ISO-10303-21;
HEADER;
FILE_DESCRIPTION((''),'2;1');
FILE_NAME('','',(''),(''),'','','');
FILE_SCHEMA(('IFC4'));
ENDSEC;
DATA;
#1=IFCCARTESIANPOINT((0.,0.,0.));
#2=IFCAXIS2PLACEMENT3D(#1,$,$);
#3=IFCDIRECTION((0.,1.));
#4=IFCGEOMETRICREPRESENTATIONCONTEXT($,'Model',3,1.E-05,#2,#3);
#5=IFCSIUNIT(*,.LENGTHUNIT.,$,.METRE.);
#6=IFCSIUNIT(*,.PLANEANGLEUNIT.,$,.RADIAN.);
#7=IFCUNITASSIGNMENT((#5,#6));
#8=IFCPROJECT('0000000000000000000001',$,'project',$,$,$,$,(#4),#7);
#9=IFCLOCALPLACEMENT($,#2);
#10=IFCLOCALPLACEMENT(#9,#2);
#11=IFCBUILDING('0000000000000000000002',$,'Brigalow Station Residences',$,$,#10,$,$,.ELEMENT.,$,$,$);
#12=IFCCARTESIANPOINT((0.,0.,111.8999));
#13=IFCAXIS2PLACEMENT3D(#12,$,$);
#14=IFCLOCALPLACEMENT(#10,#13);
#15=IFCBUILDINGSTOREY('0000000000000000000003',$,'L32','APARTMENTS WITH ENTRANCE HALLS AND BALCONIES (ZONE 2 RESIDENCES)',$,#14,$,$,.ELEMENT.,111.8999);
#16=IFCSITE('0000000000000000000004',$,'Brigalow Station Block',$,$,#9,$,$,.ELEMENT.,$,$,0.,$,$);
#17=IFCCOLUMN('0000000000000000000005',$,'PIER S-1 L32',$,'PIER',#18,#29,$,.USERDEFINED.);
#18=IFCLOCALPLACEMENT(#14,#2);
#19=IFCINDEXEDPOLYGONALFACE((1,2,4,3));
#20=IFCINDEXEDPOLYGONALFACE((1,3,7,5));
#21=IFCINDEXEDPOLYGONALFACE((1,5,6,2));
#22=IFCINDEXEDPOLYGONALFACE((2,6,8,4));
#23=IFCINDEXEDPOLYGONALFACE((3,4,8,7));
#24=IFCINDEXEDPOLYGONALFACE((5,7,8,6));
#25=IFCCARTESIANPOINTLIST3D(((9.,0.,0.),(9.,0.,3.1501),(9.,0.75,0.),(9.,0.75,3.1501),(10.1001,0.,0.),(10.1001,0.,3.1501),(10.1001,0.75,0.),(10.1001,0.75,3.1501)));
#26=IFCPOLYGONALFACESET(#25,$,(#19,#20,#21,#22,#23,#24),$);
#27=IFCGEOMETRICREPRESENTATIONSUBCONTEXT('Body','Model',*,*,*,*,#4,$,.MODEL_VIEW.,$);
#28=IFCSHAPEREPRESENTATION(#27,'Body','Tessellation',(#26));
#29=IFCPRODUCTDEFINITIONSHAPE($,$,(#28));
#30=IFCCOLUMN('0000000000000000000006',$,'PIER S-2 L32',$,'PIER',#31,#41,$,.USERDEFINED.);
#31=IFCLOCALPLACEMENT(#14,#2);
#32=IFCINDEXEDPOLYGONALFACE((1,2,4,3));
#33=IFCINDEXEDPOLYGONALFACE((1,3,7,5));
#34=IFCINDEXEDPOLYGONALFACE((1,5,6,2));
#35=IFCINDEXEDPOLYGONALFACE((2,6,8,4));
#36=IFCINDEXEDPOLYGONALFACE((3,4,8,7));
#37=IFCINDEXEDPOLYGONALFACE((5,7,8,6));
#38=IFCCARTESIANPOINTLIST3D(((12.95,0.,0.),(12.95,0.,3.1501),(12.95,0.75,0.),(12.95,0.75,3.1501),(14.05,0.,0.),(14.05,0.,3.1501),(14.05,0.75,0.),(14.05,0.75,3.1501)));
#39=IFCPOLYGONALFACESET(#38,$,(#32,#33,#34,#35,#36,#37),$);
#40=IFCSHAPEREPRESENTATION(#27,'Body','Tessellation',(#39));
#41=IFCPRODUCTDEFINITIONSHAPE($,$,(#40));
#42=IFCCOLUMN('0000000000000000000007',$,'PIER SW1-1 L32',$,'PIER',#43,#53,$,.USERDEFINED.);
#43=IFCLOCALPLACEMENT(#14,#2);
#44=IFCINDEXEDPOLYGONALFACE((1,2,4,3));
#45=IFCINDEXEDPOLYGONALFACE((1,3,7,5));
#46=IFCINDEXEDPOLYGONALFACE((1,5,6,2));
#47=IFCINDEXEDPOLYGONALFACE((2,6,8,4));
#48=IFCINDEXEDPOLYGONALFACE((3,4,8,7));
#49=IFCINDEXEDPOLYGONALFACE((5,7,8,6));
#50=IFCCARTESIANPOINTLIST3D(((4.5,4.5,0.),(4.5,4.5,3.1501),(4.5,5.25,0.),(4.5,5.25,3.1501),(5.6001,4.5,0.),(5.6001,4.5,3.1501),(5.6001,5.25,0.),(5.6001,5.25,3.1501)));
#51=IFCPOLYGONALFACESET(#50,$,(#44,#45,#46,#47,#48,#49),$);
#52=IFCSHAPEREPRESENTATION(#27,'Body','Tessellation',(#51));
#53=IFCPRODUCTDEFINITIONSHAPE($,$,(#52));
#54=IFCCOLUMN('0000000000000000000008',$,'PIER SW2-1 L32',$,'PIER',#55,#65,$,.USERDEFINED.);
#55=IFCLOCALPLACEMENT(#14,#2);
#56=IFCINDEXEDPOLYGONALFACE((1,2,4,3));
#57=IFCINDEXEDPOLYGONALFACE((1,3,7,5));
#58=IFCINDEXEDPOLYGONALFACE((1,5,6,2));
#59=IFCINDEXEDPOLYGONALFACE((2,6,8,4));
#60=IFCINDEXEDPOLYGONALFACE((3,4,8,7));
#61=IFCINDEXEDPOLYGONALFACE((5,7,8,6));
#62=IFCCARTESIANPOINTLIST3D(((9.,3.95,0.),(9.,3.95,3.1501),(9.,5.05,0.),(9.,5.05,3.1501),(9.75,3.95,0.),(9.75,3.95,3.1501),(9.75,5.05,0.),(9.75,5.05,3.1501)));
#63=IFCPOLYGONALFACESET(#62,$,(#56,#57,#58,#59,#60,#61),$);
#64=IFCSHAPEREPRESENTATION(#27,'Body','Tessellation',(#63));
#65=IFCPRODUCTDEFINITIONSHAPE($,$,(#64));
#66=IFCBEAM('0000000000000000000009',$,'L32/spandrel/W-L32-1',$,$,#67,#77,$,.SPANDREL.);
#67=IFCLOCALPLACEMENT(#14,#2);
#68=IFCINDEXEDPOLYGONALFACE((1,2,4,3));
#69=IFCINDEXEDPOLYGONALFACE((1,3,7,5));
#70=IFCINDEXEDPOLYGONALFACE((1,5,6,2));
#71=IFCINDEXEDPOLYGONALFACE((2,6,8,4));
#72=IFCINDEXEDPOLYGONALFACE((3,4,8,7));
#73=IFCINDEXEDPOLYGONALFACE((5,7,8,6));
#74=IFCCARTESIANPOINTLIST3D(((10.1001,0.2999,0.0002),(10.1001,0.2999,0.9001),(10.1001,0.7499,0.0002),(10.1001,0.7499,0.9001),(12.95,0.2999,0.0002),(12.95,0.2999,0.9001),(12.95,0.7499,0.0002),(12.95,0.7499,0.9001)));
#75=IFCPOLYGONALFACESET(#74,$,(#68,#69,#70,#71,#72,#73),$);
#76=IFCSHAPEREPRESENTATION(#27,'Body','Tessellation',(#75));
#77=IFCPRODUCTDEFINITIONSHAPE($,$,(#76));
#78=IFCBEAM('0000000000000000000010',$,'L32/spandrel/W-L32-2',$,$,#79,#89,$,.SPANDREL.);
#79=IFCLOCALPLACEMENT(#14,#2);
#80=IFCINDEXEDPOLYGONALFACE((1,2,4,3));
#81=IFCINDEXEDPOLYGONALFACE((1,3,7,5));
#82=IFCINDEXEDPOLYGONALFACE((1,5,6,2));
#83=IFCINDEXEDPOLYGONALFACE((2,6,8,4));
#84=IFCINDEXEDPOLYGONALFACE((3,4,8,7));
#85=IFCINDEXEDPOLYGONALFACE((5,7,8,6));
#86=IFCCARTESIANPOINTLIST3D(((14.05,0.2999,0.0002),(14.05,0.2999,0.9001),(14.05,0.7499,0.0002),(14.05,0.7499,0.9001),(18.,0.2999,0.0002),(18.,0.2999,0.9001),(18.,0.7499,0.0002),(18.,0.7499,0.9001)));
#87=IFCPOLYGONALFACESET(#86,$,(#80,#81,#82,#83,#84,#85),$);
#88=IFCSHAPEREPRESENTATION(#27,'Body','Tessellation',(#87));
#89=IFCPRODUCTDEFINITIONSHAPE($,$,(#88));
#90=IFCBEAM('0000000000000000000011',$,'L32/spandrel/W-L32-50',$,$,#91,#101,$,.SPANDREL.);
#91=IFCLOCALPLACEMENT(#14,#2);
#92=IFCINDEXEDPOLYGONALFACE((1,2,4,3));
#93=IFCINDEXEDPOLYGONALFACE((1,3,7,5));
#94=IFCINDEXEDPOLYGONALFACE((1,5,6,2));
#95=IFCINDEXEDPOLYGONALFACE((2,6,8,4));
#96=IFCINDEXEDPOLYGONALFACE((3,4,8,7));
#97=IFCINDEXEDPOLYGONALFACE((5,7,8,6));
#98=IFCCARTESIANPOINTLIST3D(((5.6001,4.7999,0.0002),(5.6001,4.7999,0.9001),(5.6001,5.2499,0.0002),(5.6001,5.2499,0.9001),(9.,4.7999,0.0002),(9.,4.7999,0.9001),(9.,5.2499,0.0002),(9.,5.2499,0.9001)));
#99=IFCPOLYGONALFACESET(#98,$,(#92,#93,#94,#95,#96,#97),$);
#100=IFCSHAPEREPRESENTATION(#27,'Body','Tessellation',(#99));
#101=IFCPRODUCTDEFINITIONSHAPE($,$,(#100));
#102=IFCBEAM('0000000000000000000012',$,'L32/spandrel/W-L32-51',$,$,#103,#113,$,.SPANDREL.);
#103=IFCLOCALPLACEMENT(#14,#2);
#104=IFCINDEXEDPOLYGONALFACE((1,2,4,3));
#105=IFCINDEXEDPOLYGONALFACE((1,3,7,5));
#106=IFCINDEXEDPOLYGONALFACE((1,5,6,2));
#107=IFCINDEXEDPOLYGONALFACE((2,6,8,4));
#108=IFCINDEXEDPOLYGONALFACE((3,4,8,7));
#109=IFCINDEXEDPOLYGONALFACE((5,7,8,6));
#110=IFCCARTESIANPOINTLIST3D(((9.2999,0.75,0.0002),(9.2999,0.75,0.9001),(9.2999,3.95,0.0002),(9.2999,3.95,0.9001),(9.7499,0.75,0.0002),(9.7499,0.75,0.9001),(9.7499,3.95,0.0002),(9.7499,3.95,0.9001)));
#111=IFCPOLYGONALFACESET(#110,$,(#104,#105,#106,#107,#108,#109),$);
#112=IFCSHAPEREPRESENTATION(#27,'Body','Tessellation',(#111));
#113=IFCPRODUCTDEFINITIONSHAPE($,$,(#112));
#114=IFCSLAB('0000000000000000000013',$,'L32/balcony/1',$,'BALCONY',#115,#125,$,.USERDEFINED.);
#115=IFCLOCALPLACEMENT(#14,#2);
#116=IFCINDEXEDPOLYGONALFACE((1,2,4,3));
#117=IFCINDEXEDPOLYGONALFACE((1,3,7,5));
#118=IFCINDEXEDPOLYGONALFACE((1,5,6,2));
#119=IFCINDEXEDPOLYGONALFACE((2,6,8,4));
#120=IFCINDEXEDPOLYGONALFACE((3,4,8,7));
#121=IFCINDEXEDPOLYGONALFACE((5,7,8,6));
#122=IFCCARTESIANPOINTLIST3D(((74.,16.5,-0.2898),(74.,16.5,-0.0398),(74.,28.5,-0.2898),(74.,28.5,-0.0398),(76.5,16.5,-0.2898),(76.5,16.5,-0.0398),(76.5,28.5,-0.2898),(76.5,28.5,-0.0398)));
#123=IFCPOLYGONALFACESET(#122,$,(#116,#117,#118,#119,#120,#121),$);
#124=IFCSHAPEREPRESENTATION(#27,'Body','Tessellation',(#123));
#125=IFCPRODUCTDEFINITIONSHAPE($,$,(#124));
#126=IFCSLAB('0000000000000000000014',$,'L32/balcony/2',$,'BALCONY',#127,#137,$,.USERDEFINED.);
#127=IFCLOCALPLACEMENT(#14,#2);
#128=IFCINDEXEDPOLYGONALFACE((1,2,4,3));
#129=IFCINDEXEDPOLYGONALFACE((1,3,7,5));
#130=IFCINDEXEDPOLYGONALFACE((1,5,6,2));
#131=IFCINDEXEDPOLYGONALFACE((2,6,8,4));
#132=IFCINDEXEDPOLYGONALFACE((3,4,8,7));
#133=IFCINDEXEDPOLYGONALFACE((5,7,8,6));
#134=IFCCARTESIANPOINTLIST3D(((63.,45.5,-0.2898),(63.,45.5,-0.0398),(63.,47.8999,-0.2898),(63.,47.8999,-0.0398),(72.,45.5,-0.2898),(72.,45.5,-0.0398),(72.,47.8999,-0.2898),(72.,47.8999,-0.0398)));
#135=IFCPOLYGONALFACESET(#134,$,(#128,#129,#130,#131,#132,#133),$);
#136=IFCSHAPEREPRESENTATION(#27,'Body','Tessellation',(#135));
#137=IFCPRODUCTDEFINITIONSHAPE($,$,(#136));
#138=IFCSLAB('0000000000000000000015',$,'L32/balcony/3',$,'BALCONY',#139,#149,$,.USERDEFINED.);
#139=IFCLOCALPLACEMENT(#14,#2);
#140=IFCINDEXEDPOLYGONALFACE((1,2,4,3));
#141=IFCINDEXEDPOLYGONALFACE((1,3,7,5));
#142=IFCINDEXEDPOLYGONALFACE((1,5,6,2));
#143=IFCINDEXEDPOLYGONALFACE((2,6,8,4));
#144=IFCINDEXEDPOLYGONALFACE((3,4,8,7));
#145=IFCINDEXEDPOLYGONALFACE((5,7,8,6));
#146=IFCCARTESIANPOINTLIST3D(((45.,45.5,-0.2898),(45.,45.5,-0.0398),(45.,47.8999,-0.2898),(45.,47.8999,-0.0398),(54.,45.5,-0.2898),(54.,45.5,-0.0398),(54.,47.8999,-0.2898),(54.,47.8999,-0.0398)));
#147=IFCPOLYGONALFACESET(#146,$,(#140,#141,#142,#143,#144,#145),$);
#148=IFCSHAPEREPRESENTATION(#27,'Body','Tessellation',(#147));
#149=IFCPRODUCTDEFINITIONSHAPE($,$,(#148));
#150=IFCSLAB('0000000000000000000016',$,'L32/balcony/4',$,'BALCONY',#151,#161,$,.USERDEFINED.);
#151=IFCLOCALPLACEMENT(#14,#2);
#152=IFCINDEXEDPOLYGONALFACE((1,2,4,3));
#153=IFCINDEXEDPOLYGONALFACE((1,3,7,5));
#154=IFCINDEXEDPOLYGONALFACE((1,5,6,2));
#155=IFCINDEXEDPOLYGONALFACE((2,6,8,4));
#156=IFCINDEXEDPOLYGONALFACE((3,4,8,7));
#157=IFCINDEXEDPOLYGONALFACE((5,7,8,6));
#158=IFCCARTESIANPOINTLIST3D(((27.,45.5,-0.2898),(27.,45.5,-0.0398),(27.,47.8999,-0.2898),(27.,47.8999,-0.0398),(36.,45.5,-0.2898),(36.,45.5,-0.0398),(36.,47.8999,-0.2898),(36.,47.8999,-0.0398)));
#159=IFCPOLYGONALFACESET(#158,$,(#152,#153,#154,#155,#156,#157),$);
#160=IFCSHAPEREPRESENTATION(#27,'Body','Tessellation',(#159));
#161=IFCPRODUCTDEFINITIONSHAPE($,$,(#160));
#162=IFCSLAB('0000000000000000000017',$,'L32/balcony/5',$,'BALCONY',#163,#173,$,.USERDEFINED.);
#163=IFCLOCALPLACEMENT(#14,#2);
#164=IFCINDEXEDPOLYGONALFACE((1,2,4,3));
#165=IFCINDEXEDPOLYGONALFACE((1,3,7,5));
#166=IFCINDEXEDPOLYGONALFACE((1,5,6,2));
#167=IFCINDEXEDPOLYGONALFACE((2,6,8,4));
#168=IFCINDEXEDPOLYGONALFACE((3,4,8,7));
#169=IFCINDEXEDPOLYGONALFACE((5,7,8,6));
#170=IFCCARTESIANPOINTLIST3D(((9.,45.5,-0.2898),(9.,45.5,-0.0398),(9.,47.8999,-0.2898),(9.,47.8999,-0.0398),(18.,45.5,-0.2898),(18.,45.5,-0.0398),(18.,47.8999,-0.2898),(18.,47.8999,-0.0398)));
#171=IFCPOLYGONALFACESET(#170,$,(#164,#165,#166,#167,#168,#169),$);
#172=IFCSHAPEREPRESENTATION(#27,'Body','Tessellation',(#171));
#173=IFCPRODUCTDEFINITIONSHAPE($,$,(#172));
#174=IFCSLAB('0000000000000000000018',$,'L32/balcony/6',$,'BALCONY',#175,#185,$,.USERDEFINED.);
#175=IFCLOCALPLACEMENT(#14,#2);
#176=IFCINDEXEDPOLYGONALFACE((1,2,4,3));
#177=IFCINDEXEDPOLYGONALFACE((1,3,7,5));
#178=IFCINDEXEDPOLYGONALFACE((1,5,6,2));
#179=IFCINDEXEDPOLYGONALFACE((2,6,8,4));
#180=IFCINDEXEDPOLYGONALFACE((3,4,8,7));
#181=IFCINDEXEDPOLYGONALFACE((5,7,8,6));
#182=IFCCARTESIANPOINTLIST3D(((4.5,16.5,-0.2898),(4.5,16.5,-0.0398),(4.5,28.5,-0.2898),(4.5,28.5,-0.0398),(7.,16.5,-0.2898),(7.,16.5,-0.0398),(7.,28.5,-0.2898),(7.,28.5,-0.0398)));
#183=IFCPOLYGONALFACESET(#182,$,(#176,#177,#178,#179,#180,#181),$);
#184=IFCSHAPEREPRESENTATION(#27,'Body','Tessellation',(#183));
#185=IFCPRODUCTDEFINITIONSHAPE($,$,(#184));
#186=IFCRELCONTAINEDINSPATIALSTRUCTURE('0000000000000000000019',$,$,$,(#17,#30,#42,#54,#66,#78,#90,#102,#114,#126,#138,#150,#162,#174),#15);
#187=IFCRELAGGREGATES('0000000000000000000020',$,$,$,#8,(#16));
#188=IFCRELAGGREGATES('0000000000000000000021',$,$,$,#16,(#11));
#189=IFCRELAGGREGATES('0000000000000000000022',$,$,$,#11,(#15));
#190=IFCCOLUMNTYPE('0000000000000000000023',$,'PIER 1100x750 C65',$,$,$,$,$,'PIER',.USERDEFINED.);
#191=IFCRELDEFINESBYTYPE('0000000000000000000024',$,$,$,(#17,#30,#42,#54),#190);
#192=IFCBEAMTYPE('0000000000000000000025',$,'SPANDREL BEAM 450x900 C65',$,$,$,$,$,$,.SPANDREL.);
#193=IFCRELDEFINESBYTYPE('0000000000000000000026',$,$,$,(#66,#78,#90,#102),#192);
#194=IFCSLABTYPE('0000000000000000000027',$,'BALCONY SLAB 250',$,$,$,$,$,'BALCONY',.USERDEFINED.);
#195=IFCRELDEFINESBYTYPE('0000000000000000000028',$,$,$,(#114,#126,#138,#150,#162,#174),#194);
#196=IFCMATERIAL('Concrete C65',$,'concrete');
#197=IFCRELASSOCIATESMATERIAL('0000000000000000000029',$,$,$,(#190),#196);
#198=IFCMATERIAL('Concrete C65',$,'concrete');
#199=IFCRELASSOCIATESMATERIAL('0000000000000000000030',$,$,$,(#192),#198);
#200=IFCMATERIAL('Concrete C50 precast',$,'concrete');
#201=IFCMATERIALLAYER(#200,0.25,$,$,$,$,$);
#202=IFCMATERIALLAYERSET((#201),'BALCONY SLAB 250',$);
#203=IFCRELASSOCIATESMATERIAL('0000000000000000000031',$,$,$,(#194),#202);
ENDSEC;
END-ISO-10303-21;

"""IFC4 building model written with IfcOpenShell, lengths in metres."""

from ifc_helpers import new_model, si_unit, direction, frame, origin, origin_2d, place, context, subcontext, project, spatial, polyline, rectangle, outline, extrude, material, layer, layer_set, material_profile, profile_set, type_object, element, save


model = new_model("IFC4")

# Units and contexts
model_context = context("Model", 3, precision=1e-05, world=origin(), true_north=direction((0.0, 1.0)))
body_context = subcontext(model_context, "Body", "Model", "MODEL_VIEW")
ifc_project = project(units=[si_unit("LENGTHUNIT", "METRE"), si_unit("PLANEANGLEUNIT", "RADIAN")], contexts=[model_context])

# Site, building, storey
site_placement = place(None, origin())
site = spatial("IfcSite", under=ifc_project, at=site_placement, Name="Brigalow Station Block", CompositionType="ELEMENT", RefElevation=0.0)
building_placement = place(site_placement, origin())
building = spatial("IfcBuilding", under=site, at=building_placement, Name="Brigalow Station Residences", CompositionType="ELEMENT")
storey_placement = place(building_placement, frame((0.0, 0.0, 111.8999)))
storey = spatial("IfcBuildingStorey", under=building, at=storey_placement, Name="L32", Description="APARTMENTS WITH ENTRANCE HALLS AND BALCONIES (ZONE 2 RESIDENCES)", CompositionType="ELEMENT", Elevation=111.8999)

# Columns
ifc_material_1 = material(Name="Concrete C65", Category="concrete")
ifc_material_profile_1 = material_profile(ifc_material_1, rectangle(XDim=1.1001, YDim=0.75, at=origin_2d()), Name="RC1100x750")
ifc_profile_set_1 = profile_set([ifc_material_profile_1], Name="Concrete C65")
column_type = type_object("IfcColumnType", Name="PIER 1100x750 C65", ElementType="PIER", PredefinedType="USERDEFINED", material=ifc_profile_set_1)
for number, where, z_axis, x_axis, name in (
    (1, (9.55, 0.375, 0.0), (0.0, 0.0, 1.0), (1.0, 0.0, 0.0), "PIER S-1 L32"),
    (2, (13.5, 0.375, 0.0), (0.0, 0.0, 1.0), (1.0, 0.0, 0.0), "PIER S-2 L32"),
    (3, (5.05, 4.875, 0.0), (0.0, 0.0, 1.0), (1.0, 0.0, 0.0), "PIER SW1-1 L32"),
    (4, (9.375, 4.5, 0.0), (0.0, 0.0, 1.0), (0.0, -1.0, 0.0), "PIER SW2-1 L32"),
):
    element("IfcColumn", number, at=place(storey_placement, frame(where, z_axis=z_axis, x_axis=x_axis)), inside=storey, type_object=column_type, Name=name, ObjectType="PIER", PredefinedType="USERDEFINED", context=body_context, shape_type="SweptSolid", body=[
        extrude(rectangle(XDim=1.1001, YDim=0.75, at=origin_2d()), origin(), (0.0, 0.0, 1.0), 3.1501),
    ])

# Beams
ifc_material_2 = material(Name="Concrete C65", Category="concrete")
ifc_material_profile_2 = material_profile(ifc_material_2, rectangle(XDim=0.45, YDim=0.8999, at=origin_2d()), Name="RC450x900")
ifc_profile_set_2 = profile_set([ifc_material_profile_2], Name="Concrete C65")
beam_type = type_object("IfcBeamType", Name="SPANDREL BEAM 450x900 C65", PredefinedType="SPANDREL", material=ifc_profile_set_2)
beam_1_placement = place(storey_placement, frame((10.1001, 0.5249, 0.4502), z_axis=(1.0, 0.0, 0.0), x_axis=(0.0, 1.0, 0.0)))
element("IfcBeam", 5, at=beam_1_placement, inside=storey, type_object=beam_type, Name="L32/spandrel/W-L32-1", PredefinedType="SPANDREL", context=body_context, shape_type="SweptSolid", body=[
    extrude(rectangle(XDim=0.45, YDim=0.8999, at=origin_2d()), origin(), (0.0, 0.0, 1.0), 2.8499),
])
beam_2_placement = place(storey_placement, frame((14.05, 0.5249, 0.4502), z_axis=(1.0, 0.0, 0.0), x_axis=(0.0, 1.0, 0.0)))
element("IfcBeam", 6, at=beam_2_placement, inside=storey, type_object=beam_type, Name="L32/spandrel/W-L32-2", PredefinedType="SPANDREL", context=body_context, shape_type="SweptSolid", body=[
    extrude(rectangle(XDim=0.45, YDim=0.8999, at=origin_2d()), origin(), (0.0, 0.0, 1.0), 3.95),
])
beam_3_placement = place(storey_placement, frame((5.6001, 5.0249, 0.4502), z_axis=(1.0, 0.0, 0.0), x_axis=(0.0, 1.0, 0.0)))
element("IfcBeam", 7, at=beam_3_placement, inside=storey, type_object=beam_type, Name="L32/spandrel/W-L32-50", PredefinedType="SPANDREL", context=body_context, shape_type="SweptSolid", body=[
    extrude(rectangle(XDim=0.45, YDim=0.8999, at=origin_2d()), origin(), (0.0, 0.0, 1.0), 3.3999),
])
beam_4_placement = place(storey_placement, frame((9.5249, 3.95, 0.4502), z_axis=(0.0, -1.0, 0.0), x_axis=(1.0, 0.0, 0.0)))
element("IfcBeam", 8, at=beam_4_placement, inside=storey, type_object=beam_type, Name="L32/spandrel/W-L32-51", PredefinedType="SPANDREL", context=body_context, shape_type="SweptSolid", body=[
    extrude(rectangle(XDim=0.45, YDim=0.8999, at=origin_2d()), origin(), (0.0, 0.0, 1.0), 3.2),
])

# Slabs
ifc_material_3 = material(Name="Concrete C50 precast", Category="concrete")
ifc_layer_1 = layer(ifc_material_3, 0.25)
ifc_layer_set_1 = layer_set([ifc_layer_1], Name="BALCONY SLAB 250")
slab_type_1 = type_object("IfcSlabType", Name="BALCONY SLAB 250", ElementType="BALCONY", PredefinedType="USERDEFINED", material=ifc_layer_set_1)
slab_1_placement = place(storey_placement, frame((0.0, 0.0, -0.2898)))
element("IfcSlab", 9, at=slab_1_placement, inside=storey, type_object=slab_type_1, Name="L32/balcony/1", ObjectType="BALCONY", PredefinedType="USERDEFINED", context=body_context, shape_type="SweptSolid", body=[
    extrude(outline(polyline([(74.0, 16.5), (76.5, 16.5), (76.5, 28.5), (74.0, 28.5), (74.0, 16.5)])), origin(), (0.0, 0.0, 1.0), 0.25),
])
slab_2_placement = place(storey_placement, frame((0.0, 0.0, -0.2898)))
element("IfcSlab", 10, at=slab_2_placement, inside=storey, type_object=slab_type_1, Name="L32/balcony/2", ObjectType="BALCONY", PredefinedType="USERDEFINED", context=body_context, shape_type="SweptSolid", body=[
    extrude(outline(polyline([(72.0, 45.5), (72.0, 47.8999), (63.0, 47.8999), (63.0, 45.5), (72.0, 45.5)])), origin(), (0.0, 0.0, 1.0), 0.25),
])
slab_3_placement = place(storey_placement, frame((0.0, 0.0, -0.2898)))
element("IfcSlab", 11, at=slab_3_placement, inside=storey, type_object=slab_type_1, Name="L32/balcony/3", ObjectType="BALCONY", PredefinedType="USERDEFINED", context=body_context, shape_type="SweptSolid", body=[
    extrude(outline(polyline([(54.0, 45.5), (54.0, 47.8999), (45.0, 47.8999), (45.0, 45.5), (54.0, 45.5)])), origin(), (0.0, 0.0, 1.0), 0.25),
])
slab_4_placement = place(storey_placement, frame((0.0, 0.0, -0.2898)))
element("IfcSlab", 12, at=slab_4_placement, inside=storey, type_object=slab_type_1, Name="L32/balcony/4", ObjectType="BALCONY", PredefinedType="USERDEFINED", context=body_context, shape_type="SweptSolid", body=[
    extrude(outline(polyline([(36.0, 45.5), (36.0, 47.8999), (27.0, 47.8999), (27.0, 45.5), (36.0, 45.5)])), origin(), (0.0, 0.0, 1.0), 0.25),
])
slab_5_placement = place(storey_placement, frame((0.0, 0.0, -0.2898)))
element("IfcSlab", 13, at=slab_5_placement, inside=storey, type_object=slab_type_1, Name="L32/balcony/5", ObjectType="BALCONY", PredefinedType="USERDEFINED", context=body_context, shape_type="SweptSolid", body=[
    extrude(outline(polyline([(18.0, 45.5), (18.0, 47.8999), (9.0, 47.8999), (9.0, 45.5), (18.0, 45.5)])), origin(), (0.0, 0.0, 1.0), 0.25),
])
slab_6_placement = place(storey_placement, frame((0.0, 0.0, -0.2898)))
element("IfcSlab", 14, at=slab_6_placement, inside=storey, type_object=slab_type_1, Name="L32/balcony/6", ObjectType="BALCONY", PredefinedType="USERDEFINED", context=body_context, shape_type="SweptSolid", body=[
    extrude(outline(polyline([(7.0, 28.5), (4.5, 28.5), (4.5, 16.5), (7.0, 16.5), (7.0, 28.5)])), origin(), (0.0, 0.0, 1.0), 0.25),
])

save(model, "model.ifc")
